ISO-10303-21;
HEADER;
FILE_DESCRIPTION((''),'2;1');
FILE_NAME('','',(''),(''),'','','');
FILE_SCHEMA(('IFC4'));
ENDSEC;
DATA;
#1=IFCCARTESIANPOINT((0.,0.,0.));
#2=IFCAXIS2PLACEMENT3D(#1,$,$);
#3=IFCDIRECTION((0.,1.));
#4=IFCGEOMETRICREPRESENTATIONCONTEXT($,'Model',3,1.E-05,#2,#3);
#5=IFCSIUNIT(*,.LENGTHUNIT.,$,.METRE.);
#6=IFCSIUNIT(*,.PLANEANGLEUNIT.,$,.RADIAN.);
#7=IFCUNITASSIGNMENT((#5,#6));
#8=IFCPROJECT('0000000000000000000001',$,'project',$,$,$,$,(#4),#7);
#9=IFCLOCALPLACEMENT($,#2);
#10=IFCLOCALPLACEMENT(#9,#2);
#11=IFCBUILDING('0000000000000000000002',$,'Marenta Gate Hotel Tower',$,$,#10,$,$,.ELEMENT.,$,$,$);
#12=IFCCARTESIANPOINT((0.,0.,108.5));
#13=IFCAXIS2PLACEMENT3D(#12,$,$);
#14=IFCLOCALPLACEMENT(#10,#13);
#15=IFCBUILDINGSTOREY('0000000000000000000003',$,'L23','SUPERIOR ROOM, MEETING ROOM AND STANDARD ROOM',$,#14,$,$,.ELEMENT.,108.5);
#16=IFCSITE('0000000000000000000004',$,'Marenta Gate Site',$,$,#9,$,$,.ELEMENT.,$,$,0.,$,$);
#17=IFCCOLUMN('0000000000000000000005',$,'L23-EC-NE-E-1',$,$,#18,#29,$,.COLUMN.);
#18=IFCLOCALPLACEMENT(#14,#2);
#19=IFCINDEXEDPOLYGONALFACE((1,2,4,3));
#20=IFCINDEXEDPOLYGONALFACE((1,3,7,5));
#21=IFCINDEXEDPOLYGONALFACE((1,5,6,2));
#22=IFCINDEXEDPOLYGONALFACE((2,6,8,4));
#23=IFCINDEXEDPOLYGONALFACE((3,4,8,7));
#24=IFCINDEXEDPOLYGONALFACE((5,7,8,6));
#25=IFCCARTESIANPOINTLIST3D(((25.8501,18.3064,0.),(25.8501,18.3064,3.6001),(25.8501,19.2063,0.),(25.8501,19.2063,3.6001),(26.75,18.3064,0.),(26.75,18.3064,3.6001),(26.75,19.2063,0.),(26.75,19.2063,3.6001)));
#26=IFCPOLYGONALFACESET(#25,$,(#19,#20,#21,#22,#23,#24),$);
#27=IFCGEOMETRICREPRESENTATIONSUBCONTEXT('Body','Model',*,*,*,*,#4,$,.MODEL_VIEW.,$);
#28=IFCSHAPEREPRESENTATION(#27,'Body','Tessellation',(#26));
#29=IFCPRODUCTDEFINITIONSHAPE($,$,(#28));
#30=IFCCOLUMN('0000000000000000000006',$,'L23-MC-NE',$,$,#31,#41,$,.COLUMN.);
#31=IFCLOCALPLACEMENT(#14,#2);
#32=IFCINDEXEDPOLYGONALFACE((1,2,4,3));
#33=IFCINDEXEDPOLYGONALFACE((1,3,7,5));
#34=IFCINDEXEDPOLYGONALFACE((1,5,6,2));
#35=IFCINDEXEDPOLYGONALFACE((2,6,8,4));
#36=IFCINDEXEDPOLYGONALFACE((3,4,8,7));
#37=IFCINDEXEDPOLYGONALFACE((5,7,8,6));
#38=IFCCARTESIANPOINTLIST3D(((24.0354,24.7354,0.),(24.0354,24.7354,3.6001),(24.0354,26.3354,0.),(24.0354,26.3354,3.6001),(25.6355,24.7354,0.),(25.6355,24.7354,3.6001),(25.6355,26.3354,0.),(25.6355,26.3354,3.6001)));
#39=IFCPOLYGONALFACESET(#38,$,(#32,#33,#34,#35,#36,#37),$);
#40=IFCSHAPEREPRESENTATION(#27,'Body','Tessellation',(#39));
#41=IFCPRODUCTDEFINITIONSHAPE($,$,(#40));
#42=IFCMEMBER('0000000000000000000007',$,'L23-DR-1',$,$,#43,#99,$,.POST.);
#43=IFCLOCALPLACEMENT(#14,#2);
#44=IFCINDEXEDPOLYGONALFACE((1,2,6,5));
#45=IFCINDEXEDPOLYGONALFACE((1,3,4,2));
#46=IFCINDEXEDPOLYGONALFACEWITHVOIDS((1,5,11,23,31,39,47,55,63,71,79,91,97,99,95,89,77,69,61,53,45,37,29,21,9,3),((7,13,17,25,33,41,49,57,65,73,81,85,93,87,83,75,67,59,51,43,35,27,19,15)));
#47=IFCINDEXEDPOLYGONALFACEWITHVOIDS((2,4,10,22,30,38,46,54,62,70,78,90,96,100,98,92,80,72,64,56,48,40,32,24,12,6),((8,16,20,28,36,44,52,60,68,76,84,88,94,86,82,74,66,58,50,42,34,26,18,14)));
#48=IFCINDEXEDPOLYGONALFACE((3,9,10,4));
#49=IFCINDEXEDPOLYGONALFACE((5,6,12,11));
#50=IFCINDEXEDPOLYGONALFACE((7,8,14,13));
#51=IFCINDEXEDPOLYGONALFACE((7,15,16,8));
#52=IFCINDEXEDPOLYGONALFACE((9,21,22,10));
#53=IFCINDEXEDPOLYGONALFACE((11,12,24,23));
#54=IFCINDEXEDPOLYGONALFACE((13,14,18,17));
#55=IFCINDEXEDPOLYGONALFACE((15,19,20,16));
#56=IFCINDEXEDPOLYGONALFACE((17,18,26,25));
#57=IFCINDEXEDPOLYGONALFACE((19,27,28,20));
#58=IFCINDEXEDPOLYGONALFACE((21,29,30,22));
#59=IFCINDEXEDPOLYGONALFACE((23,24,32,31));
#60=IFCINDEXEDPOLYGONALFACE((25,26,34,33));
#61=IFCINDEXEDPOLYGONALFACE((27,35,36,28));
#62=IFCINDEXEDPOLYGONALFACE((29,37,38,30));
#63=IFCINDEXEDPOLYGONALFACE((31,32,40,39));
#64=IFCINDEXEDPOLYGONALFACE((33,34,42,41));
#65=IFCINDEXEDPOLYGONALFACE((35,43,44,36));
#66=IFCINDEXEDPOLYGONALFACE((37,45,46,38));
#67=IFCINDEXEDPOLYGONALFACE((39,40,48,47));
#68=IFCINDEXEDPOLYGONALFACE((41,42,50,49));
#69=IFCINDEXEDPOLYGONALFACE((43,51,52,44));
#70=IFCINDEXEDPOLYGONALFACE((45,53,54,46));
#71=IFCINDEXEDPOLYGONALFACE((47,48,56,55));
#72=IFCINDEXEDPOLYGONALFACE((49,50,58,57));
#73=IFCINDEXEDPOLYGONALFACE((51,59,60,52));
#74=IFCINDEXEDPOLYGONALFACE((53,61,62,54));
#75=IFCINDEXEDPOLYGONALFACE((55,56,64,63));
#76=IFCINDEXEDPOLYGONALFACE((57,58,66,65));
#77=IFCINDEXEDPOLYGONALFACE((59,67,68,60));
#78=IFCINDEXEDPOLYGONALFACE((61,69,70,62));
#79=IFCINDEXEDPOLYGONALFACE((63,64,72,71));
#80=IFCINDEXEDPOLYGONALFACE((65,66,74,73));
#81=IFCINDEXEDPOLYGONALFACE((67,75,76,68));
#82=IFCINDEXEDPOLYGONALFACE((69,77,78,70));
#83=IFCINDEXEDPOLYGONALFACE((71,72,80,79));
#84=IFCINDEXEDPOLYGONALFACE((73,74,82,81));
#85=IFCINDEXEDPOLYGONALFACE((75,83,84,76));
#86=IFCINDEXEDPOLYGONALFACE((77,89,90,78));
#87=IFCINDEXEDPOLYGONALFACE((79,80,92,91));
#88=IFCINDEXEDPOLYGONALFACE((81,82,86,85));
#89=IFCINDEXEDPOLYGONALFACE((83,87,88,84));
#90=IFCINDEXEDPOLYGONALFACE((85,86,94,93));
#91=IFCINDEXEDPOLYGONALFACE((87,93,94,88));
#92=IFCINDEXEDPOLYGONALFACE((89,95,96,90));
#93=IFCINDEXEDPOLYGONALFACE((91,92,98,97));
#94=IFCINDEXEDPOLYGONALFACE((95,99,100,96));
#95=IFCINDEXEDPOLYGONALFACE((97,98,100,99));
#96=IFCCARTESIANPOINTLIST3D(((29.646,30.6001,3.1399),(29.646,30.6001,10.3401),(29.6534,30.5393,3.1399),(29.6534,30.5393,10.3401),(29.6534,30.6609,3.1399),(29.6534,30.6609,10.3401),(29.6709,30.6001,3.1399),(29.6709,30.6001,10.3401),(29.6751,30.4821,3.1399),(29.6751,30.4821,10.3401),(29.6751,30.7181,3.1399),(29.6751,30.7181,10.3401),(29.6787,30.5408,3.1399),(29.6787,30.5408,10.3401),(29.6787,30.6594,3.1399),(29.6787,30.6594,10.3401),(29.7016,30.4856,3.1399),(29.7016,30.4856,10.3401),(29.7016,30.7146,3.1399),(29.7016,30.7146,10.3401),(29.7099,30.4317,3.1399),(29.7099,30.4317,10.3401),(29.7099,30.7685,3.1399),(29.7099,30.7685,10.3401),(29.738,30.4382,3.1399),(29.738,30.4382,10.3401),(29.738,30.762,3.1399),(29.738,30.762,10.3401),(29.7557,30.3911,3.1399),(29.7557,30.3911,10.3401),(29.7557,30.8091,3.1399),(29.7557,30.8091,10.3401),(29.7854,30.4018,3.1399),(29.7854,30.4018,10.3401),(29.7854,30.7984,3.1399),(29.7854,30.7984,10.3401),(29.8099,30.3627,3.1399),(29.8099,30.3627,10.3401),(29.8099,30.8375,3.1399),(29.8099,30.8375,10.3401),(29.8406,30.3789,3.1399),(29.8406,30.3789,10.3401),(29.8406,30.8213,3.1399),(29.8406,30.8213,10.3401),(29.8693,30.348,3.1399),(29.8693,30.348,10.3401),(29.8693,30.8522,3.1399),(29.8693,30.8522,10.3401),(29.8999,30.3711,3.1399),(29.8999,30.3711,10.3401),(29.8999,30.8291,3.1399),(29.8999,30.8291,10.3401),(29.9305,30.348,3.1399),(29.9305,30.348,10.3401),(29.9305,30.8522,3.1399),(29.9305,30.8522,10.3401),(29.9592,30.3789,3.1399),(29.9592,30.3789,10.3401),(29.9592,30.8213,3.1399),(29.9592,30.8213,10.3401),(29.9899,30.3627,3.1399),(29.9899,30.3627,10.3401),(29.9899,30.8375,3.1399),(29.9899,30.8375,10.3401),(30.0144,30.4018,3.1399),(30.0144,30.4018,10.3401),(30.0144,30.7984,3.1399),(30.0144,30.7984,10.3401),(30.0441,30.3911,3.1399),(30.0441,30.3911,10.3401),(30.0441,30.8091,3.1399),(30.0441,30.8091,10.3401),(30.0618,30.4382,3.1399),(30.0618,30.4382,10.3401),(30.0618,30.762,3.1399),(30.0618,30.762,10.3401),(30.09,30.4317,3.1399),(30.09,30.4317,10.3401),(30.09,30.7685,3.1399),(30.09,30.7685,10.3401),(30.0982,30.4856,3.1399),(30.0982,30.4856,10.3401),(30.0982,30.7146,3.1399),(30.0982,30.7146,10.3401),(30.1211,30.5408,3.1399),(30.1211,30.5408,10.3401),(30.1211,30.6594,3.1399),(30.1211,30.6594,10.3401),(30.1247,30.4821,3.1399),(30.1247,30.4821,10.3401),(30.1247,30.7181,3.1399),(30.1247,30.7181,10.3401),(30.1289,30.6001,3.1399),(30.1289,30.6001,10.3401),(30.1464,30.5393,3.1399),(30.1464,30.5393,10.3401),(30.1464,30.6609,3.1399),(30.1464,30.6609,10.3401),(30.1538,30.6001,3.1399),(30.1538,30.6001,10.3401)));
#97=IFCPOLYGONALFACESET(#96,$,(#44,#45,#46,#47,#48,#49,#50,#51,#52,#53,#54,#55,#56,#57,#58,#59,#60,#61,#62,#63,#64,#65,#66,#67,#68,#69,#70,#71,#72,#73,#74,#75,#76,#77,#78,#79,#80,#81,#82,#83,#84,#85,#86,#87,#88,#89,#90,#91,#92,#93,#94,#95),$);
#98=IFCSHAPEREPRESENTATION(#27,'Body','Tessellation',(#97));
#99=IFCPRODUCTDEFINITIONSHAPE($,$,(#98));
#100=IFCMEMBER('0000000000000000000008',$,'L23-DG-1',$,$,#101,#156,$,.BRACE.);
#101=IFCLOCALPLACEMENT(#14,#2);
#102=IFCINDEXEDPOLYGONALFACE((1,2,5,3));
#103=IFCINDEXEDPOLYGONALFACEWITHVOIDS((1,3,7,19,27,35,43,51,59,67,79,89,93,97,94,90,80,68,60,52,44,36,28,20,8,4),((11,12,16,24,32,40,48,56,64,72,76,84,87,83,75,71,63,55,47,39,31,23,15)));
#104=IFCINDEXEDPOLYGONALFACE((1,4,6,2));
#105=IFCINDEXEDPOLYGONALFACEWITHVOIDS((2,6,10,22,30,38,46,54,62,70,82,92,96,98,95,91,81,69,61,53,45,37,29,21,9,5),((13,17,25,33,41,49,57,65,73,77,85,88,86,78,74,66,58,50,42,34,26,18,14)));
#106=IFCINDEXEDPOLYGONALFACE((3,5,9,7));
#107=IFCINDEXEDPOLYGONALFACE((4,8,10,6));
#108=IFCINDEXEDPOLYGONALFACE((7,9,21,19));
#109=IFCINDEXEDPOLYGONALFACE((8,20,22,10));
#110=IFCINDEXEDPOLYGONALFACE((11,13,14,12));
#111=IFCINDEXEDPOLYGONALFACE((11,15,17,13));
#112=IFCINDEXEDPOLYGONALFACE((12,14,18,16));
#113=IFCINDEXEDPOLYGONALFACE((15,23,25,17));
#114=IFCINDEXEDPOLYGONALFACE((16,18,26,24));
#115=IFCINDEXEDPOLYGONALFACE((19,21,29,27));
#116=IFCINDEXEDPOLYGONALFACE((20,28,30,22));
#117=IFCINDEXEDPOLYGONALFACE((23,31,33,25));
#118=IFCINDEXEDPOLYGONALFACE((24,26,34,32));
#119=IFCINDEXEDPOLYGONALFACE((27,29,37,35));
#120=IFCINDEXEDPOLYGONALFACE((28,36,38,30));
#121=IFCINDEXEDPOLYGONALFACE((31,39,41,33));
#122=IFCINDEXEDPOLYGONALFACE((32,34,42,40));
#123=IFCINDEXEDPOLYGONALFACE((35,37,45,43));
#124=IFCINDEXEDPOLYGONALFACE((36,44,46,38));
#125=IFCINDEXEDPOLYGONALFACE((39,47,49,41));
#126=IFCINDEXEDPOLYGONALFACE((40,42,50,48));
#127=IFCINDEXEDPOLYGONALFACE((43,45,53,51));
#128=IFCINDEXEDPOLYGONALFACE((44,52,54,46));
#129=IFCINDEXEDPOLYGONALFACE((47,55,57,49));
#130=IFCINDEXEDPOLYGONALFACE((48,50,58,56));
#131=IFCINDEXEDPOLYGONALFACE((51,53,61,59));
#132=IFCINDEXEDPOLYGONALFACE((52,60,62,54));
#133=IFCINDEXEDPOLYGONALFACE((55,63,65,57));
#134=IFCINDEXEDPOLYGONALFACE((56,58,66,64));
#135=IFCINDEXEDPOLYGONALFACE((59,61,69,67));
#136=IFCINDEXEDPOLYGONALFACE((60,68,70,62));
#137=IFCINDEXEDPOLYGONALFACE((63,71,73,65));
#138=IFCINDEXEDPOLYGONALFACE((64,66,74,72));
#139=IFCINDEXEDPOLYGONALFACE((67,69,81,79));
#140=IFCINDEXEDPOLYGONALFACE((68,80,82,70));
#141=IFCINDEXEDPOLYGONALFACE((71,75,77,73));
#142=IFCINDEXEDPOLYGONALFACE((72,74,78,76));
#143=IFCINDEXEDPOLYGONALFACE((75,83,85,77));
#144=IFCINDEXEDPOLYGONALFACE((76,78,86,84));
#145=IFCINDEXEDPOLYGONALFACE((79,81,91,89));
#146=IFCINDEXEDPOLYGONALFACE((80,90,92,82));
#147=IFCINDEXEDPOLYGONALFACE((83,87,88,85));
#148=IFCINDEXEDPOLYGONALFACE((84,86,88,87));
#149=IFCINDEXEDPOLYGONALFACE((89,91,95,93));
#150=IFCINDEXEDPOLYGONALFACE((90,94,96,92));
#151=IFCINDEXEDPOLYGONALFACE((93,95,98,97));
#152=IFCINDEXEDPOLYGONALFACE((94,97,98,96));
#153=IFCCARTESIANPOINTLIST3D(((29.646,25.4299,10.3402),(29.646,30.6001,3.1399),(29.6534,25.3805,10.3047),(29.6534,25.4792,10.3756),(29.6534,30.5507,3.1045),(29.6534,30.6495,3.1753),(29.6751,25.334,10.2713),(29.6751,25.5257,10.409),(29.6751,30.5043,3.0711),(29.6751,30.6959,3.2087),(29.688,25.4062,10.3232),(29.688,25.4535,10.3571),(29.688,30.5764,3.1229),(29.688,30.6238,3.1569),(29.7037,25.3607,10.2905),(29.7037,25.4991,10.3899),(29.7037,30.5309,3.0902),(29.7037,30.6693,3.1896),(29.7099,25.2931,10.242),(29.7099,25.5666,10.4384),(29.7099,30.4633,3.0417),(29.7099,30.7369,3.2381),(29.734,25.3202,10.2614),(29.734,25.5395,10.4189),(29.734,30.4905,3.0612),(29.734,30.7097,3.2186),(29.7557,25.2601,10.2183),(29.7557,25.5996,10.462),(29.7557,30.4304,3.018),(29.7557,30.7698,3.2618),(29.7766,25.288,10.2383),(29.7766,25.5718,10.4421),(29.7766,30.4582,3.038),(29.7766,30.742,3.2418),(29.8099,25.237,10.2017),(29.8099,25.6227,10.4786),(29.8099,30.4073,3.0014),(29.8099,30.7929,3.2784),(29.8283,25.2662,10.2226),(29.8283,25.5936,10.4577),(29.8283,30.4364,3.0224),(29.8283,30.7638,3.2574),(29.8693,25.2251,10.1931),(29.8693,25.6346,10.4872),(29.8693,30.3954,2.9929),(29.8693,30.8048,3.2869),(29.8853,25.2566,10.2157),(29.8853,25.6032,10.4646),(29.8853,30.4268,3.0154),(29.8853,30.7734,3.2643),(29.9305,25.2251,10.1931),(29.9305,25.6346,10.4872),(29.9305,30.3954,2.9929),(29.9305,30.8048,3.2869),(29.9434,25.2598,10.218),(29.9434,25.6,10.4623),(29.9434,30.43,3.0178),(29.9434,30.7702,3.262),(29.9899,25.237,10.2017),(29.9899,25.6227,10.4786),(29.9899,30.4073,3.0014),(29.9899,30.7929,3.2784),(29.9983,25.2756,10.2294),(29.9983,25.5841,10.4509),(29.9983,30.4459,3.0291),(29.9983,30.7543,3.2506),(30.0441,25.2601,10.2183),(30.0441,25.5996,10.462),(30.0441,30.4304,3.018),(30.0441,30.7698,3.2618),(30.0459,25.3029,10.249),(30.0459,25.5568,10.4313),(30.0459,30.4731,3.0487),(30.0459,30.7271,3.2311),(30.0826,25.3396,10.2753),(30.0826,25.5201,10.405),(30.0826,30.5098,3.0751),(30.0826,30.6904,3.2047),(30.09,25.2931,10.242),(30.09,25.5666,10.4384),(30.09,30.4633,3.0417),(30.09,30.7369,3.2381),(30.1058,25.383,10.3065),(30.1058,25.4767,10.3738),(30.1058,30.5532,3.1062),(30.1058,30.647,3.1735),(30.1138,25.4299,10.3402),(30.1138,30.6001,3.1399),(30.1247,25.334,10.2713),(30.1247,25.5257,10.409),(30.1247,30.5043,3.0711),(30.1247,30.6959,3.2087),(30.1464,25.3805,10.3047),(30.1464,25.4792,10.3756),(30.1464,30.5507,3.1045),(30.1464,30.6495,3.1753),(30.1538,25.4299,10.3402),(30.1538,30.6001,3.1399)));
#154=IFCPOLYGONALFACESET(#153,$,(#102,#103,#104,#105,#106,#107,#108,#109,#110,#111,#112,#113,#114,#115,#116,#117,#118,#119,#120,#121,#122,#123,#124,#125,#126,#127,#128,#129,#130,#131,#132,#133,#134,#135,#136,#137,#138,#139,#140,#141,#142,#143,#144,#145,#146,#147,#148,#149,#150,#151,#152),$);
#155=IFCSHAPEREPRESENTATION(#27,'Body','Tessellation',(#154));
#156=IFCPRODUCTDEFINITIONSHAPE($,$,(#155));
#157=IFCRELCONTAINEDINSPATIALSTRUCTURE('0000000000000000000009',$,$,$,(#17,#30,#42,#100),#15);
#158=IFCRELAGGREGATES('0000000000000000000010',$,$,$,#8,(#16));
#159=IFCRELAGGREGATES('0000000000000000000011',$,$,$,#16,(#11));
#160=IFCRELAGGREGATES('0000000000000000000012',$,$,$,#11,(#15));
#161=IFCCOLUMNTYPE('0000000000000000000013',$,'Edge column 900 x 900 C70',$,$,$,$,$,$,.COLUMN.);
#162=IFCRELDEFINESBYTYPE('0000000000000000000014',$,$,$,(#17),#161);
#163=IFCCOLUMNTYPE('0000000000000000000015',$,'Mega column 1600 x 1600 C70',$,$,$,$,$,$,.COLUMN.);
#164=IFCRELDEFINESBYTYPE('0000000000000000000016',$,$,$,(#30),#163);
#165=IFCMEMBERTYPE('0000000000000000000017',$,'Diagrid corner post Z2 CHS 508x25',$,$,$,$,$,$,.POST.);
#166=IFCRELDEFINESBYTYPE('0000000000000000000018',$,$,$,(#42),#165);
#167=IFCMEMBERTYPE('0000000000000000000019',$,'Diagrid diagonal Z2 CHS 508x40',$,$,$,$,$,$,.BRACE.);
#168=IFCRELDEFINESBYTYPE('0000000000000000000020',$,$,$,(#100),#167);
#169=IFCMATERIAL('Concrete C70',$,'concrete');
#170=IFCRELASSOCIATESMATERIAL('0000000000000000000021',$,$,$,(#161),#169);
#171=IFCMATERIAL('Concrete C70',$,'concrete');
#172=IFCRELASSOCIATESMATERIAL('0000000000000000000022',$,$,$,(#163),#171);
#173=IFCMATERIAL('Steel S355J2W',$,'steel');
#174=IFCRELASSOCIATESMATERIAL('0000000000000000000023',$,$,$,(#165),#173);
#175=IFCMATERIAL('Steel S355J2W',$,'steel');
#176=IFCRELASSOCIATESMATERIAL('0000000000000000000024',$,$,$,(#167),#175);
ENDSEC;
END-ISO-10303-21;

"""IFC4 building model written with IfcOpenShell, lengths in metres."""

from ifc_helpers import new_model, si_unit, direction, frame, origin, origin_2d, place, context, subcontext, project, spatial, rectangle, hollow_circle, extrude, material, material_profile, profile_set, type_object, element, save


model = new_model("IFC4")

# Units and contexts
model_context = context("Model", 3, precision=1e-05, world=origin(), true_north=direction((0.0, 1.0)))
body_context = subcontext(model_context, "Body", "Model", "MODEL_VIEW")
ifc_project = project(units=[si_unit("LENGTHUNIT", "METRE"), si_unit("PLANEANGLEUNIT", "RADIAN")], contexts=[model_context])

# Site, building, storey
site_placement = place(None, origin())
site = spatial("IfcSite", under=ifc_project, at=site_placement, Name="Marenta Gate Site", CompositionType="ELEMENT", RefElevation=0.0)
building_placement = place(site_placement, origin())
building = spatial("IfcBuilding", under=site, at=building_placement, Name="Marenta Gate Hotel Tower", CompositionType="ELEMENT")
storey_placement = place(building_placement, frame((0.0, 0.0, 108.5)))
storey = spatial("IfcBuildingStorey", under=building, at=storey_placement, Name="L23", Description="SUPERIOR ROOM, MEETING ROOM AND STANDARD ROOM", CompositionType="ELEMENT", Elevation=108.5)

# Columns
ifc_material_1 = material(Name="Concrete C70", Category="concrete")
ifc_material_profile_1 = material_profile(ifc_material_1, rectangle(XDim=0.8999, YDim=0.8999, at=origin_2d()), Name="900 x 900")
ifc_profile_set_1 = profile_set([ifc_material_profile_1], Name="Concrete C70")
column_type_1 = type_object("IfcColumnType", Name="Edge column 900 x 900 C70", PredefinedType="COLUMN", material=ifc_profile_set_1)
column_1_placement = place(storey_placement, frame((26.3, 18.7563, 0.0), z_axis=(0.0, 0.0, 1.0), x_axis=(1.0, 0.0, 0.0)))
element("IfcColumn", 1, at=column_1_placement, inside=storey, type_object=column_type_1, Name="L23-EC-NE-E-1", PredefinedType="COLUMN", context=body_context, shape_type="SweptSolid", body=[
    extrude(rectangle(XDim=0.8999, YDim=0.8999, at=origin_2d()), origin(), (0.0, 0.0, 1.0), 3.6001),
])
ifc_material_2 = material(Name="Concrete C70", Category="concrete")
ifc_material_profile_2 = material_profile(ifc_material_2, rectangle(XDim=1.6001, YDim=1.6001, at=origin_2d()), Name="1600 x 1600")
ifc_profile_set_2 = profile_set([ifc_material_profile_2], Name="Concrete C70")
column_type_2 = type_object("IfcColumnType", Name="Mega column 1600 x 1600 C70", PredefinedType="COLUMN", material=ifc_profile_set_2)
column_2_placement = place(storey_placement, frame((24.8354, 25.5354, 0.0), z_axis=(0.0, 0.0, 1.0), x_axis=(1.0, 0.0, 0.0)))
element("IfcColumn", 2, at=column_2_placement, inside=storey, type_object=column_type_2, Name="L23-MC-NE", PredefinedType="COLUMN", context=body_context, shape_type="SweptSolid", body=[
    extrude(rectangle(XDim=1.6001, YDim=1.6001, at=origin_2d()), origin(), (0.0, 0.0, 1.0), 3.6001),
])

# Members
ifc_material_3 = material(Name="Steel S355J2W", Category="steel")
ifc_material_profile_3 = material_profile(ifc_material_3, hollow_circle(Radius=0.2539, WallThickness=0.0249, at=origin_2d()), Name="CHS 508x25")
ifc_profile_set_3 = profile_set([ifc_material_profile_3], Name="Steel S355J2W")
member_type_1 = type_object("IfcMemberType", Name="Diagrid corner post Z2 CHS 508x25", PredefinedType="POST", material=ifc_profile_set_3)
member_1_placement = place(storey_placement, frame((29.8999, 30.6001, 3.1399), z_axis=(0.0, 0.0, 1.0), x_axis=(1.0, 0.0, 0.0)))
element("IfcMember", 3, at=member_1_placement, inside=storey, type_object=member_type_1, Name="L23-DR-1", PredefinedType="POST", context=body_context, shape_type="SweptSolid", body=[
    extrude(hollow_circle(Radius=0.2539, WallThickness=0.0249, at=origin_2d()), origin(), (0.0, 0.0, 1.0), 7.2002),
])
ifc_material_4 = material(Name="Steel S355J2W", Category="steel")
ifc_material_profile_4 = material_profile(ifc_material_4, hollow_circle(Radius=0.2539, WallThickness=0.04, at=origin_2d()), Name="CHS 508x40")
ifc_profile_set_4 = profile_set([ifc_material_profile_4], Name="Steel S355J2W")
member_type_2 = type_object("IfcMemberType", Name="Diagrid diagonal Z2 CHS 508x40", PredefinedType="BRACE", material=ifc_profile_set_4)
member_2_placement = place(storey_placement, frame((29.8999, 30.6001, 3.1399), z_axis=(0.0, -0.583266, 0.812281), x_axis=(1.0, 0.0, 0.0)))
element("IfcMember", 4, at=member_2_placement, inside=storey, type_object=member_type_2, Name="L23-DG-1", PredefinedType="BRACE", context=body_context, shape_type="SweptSolid", body=[
    extrude(hollow_circle(Radius=0.2539, WallThickness=0.04, at=origin_2d()), origin(), (0.0, 0.0, 1.0), 8.8643),
])

save(model, "model.ifc")
